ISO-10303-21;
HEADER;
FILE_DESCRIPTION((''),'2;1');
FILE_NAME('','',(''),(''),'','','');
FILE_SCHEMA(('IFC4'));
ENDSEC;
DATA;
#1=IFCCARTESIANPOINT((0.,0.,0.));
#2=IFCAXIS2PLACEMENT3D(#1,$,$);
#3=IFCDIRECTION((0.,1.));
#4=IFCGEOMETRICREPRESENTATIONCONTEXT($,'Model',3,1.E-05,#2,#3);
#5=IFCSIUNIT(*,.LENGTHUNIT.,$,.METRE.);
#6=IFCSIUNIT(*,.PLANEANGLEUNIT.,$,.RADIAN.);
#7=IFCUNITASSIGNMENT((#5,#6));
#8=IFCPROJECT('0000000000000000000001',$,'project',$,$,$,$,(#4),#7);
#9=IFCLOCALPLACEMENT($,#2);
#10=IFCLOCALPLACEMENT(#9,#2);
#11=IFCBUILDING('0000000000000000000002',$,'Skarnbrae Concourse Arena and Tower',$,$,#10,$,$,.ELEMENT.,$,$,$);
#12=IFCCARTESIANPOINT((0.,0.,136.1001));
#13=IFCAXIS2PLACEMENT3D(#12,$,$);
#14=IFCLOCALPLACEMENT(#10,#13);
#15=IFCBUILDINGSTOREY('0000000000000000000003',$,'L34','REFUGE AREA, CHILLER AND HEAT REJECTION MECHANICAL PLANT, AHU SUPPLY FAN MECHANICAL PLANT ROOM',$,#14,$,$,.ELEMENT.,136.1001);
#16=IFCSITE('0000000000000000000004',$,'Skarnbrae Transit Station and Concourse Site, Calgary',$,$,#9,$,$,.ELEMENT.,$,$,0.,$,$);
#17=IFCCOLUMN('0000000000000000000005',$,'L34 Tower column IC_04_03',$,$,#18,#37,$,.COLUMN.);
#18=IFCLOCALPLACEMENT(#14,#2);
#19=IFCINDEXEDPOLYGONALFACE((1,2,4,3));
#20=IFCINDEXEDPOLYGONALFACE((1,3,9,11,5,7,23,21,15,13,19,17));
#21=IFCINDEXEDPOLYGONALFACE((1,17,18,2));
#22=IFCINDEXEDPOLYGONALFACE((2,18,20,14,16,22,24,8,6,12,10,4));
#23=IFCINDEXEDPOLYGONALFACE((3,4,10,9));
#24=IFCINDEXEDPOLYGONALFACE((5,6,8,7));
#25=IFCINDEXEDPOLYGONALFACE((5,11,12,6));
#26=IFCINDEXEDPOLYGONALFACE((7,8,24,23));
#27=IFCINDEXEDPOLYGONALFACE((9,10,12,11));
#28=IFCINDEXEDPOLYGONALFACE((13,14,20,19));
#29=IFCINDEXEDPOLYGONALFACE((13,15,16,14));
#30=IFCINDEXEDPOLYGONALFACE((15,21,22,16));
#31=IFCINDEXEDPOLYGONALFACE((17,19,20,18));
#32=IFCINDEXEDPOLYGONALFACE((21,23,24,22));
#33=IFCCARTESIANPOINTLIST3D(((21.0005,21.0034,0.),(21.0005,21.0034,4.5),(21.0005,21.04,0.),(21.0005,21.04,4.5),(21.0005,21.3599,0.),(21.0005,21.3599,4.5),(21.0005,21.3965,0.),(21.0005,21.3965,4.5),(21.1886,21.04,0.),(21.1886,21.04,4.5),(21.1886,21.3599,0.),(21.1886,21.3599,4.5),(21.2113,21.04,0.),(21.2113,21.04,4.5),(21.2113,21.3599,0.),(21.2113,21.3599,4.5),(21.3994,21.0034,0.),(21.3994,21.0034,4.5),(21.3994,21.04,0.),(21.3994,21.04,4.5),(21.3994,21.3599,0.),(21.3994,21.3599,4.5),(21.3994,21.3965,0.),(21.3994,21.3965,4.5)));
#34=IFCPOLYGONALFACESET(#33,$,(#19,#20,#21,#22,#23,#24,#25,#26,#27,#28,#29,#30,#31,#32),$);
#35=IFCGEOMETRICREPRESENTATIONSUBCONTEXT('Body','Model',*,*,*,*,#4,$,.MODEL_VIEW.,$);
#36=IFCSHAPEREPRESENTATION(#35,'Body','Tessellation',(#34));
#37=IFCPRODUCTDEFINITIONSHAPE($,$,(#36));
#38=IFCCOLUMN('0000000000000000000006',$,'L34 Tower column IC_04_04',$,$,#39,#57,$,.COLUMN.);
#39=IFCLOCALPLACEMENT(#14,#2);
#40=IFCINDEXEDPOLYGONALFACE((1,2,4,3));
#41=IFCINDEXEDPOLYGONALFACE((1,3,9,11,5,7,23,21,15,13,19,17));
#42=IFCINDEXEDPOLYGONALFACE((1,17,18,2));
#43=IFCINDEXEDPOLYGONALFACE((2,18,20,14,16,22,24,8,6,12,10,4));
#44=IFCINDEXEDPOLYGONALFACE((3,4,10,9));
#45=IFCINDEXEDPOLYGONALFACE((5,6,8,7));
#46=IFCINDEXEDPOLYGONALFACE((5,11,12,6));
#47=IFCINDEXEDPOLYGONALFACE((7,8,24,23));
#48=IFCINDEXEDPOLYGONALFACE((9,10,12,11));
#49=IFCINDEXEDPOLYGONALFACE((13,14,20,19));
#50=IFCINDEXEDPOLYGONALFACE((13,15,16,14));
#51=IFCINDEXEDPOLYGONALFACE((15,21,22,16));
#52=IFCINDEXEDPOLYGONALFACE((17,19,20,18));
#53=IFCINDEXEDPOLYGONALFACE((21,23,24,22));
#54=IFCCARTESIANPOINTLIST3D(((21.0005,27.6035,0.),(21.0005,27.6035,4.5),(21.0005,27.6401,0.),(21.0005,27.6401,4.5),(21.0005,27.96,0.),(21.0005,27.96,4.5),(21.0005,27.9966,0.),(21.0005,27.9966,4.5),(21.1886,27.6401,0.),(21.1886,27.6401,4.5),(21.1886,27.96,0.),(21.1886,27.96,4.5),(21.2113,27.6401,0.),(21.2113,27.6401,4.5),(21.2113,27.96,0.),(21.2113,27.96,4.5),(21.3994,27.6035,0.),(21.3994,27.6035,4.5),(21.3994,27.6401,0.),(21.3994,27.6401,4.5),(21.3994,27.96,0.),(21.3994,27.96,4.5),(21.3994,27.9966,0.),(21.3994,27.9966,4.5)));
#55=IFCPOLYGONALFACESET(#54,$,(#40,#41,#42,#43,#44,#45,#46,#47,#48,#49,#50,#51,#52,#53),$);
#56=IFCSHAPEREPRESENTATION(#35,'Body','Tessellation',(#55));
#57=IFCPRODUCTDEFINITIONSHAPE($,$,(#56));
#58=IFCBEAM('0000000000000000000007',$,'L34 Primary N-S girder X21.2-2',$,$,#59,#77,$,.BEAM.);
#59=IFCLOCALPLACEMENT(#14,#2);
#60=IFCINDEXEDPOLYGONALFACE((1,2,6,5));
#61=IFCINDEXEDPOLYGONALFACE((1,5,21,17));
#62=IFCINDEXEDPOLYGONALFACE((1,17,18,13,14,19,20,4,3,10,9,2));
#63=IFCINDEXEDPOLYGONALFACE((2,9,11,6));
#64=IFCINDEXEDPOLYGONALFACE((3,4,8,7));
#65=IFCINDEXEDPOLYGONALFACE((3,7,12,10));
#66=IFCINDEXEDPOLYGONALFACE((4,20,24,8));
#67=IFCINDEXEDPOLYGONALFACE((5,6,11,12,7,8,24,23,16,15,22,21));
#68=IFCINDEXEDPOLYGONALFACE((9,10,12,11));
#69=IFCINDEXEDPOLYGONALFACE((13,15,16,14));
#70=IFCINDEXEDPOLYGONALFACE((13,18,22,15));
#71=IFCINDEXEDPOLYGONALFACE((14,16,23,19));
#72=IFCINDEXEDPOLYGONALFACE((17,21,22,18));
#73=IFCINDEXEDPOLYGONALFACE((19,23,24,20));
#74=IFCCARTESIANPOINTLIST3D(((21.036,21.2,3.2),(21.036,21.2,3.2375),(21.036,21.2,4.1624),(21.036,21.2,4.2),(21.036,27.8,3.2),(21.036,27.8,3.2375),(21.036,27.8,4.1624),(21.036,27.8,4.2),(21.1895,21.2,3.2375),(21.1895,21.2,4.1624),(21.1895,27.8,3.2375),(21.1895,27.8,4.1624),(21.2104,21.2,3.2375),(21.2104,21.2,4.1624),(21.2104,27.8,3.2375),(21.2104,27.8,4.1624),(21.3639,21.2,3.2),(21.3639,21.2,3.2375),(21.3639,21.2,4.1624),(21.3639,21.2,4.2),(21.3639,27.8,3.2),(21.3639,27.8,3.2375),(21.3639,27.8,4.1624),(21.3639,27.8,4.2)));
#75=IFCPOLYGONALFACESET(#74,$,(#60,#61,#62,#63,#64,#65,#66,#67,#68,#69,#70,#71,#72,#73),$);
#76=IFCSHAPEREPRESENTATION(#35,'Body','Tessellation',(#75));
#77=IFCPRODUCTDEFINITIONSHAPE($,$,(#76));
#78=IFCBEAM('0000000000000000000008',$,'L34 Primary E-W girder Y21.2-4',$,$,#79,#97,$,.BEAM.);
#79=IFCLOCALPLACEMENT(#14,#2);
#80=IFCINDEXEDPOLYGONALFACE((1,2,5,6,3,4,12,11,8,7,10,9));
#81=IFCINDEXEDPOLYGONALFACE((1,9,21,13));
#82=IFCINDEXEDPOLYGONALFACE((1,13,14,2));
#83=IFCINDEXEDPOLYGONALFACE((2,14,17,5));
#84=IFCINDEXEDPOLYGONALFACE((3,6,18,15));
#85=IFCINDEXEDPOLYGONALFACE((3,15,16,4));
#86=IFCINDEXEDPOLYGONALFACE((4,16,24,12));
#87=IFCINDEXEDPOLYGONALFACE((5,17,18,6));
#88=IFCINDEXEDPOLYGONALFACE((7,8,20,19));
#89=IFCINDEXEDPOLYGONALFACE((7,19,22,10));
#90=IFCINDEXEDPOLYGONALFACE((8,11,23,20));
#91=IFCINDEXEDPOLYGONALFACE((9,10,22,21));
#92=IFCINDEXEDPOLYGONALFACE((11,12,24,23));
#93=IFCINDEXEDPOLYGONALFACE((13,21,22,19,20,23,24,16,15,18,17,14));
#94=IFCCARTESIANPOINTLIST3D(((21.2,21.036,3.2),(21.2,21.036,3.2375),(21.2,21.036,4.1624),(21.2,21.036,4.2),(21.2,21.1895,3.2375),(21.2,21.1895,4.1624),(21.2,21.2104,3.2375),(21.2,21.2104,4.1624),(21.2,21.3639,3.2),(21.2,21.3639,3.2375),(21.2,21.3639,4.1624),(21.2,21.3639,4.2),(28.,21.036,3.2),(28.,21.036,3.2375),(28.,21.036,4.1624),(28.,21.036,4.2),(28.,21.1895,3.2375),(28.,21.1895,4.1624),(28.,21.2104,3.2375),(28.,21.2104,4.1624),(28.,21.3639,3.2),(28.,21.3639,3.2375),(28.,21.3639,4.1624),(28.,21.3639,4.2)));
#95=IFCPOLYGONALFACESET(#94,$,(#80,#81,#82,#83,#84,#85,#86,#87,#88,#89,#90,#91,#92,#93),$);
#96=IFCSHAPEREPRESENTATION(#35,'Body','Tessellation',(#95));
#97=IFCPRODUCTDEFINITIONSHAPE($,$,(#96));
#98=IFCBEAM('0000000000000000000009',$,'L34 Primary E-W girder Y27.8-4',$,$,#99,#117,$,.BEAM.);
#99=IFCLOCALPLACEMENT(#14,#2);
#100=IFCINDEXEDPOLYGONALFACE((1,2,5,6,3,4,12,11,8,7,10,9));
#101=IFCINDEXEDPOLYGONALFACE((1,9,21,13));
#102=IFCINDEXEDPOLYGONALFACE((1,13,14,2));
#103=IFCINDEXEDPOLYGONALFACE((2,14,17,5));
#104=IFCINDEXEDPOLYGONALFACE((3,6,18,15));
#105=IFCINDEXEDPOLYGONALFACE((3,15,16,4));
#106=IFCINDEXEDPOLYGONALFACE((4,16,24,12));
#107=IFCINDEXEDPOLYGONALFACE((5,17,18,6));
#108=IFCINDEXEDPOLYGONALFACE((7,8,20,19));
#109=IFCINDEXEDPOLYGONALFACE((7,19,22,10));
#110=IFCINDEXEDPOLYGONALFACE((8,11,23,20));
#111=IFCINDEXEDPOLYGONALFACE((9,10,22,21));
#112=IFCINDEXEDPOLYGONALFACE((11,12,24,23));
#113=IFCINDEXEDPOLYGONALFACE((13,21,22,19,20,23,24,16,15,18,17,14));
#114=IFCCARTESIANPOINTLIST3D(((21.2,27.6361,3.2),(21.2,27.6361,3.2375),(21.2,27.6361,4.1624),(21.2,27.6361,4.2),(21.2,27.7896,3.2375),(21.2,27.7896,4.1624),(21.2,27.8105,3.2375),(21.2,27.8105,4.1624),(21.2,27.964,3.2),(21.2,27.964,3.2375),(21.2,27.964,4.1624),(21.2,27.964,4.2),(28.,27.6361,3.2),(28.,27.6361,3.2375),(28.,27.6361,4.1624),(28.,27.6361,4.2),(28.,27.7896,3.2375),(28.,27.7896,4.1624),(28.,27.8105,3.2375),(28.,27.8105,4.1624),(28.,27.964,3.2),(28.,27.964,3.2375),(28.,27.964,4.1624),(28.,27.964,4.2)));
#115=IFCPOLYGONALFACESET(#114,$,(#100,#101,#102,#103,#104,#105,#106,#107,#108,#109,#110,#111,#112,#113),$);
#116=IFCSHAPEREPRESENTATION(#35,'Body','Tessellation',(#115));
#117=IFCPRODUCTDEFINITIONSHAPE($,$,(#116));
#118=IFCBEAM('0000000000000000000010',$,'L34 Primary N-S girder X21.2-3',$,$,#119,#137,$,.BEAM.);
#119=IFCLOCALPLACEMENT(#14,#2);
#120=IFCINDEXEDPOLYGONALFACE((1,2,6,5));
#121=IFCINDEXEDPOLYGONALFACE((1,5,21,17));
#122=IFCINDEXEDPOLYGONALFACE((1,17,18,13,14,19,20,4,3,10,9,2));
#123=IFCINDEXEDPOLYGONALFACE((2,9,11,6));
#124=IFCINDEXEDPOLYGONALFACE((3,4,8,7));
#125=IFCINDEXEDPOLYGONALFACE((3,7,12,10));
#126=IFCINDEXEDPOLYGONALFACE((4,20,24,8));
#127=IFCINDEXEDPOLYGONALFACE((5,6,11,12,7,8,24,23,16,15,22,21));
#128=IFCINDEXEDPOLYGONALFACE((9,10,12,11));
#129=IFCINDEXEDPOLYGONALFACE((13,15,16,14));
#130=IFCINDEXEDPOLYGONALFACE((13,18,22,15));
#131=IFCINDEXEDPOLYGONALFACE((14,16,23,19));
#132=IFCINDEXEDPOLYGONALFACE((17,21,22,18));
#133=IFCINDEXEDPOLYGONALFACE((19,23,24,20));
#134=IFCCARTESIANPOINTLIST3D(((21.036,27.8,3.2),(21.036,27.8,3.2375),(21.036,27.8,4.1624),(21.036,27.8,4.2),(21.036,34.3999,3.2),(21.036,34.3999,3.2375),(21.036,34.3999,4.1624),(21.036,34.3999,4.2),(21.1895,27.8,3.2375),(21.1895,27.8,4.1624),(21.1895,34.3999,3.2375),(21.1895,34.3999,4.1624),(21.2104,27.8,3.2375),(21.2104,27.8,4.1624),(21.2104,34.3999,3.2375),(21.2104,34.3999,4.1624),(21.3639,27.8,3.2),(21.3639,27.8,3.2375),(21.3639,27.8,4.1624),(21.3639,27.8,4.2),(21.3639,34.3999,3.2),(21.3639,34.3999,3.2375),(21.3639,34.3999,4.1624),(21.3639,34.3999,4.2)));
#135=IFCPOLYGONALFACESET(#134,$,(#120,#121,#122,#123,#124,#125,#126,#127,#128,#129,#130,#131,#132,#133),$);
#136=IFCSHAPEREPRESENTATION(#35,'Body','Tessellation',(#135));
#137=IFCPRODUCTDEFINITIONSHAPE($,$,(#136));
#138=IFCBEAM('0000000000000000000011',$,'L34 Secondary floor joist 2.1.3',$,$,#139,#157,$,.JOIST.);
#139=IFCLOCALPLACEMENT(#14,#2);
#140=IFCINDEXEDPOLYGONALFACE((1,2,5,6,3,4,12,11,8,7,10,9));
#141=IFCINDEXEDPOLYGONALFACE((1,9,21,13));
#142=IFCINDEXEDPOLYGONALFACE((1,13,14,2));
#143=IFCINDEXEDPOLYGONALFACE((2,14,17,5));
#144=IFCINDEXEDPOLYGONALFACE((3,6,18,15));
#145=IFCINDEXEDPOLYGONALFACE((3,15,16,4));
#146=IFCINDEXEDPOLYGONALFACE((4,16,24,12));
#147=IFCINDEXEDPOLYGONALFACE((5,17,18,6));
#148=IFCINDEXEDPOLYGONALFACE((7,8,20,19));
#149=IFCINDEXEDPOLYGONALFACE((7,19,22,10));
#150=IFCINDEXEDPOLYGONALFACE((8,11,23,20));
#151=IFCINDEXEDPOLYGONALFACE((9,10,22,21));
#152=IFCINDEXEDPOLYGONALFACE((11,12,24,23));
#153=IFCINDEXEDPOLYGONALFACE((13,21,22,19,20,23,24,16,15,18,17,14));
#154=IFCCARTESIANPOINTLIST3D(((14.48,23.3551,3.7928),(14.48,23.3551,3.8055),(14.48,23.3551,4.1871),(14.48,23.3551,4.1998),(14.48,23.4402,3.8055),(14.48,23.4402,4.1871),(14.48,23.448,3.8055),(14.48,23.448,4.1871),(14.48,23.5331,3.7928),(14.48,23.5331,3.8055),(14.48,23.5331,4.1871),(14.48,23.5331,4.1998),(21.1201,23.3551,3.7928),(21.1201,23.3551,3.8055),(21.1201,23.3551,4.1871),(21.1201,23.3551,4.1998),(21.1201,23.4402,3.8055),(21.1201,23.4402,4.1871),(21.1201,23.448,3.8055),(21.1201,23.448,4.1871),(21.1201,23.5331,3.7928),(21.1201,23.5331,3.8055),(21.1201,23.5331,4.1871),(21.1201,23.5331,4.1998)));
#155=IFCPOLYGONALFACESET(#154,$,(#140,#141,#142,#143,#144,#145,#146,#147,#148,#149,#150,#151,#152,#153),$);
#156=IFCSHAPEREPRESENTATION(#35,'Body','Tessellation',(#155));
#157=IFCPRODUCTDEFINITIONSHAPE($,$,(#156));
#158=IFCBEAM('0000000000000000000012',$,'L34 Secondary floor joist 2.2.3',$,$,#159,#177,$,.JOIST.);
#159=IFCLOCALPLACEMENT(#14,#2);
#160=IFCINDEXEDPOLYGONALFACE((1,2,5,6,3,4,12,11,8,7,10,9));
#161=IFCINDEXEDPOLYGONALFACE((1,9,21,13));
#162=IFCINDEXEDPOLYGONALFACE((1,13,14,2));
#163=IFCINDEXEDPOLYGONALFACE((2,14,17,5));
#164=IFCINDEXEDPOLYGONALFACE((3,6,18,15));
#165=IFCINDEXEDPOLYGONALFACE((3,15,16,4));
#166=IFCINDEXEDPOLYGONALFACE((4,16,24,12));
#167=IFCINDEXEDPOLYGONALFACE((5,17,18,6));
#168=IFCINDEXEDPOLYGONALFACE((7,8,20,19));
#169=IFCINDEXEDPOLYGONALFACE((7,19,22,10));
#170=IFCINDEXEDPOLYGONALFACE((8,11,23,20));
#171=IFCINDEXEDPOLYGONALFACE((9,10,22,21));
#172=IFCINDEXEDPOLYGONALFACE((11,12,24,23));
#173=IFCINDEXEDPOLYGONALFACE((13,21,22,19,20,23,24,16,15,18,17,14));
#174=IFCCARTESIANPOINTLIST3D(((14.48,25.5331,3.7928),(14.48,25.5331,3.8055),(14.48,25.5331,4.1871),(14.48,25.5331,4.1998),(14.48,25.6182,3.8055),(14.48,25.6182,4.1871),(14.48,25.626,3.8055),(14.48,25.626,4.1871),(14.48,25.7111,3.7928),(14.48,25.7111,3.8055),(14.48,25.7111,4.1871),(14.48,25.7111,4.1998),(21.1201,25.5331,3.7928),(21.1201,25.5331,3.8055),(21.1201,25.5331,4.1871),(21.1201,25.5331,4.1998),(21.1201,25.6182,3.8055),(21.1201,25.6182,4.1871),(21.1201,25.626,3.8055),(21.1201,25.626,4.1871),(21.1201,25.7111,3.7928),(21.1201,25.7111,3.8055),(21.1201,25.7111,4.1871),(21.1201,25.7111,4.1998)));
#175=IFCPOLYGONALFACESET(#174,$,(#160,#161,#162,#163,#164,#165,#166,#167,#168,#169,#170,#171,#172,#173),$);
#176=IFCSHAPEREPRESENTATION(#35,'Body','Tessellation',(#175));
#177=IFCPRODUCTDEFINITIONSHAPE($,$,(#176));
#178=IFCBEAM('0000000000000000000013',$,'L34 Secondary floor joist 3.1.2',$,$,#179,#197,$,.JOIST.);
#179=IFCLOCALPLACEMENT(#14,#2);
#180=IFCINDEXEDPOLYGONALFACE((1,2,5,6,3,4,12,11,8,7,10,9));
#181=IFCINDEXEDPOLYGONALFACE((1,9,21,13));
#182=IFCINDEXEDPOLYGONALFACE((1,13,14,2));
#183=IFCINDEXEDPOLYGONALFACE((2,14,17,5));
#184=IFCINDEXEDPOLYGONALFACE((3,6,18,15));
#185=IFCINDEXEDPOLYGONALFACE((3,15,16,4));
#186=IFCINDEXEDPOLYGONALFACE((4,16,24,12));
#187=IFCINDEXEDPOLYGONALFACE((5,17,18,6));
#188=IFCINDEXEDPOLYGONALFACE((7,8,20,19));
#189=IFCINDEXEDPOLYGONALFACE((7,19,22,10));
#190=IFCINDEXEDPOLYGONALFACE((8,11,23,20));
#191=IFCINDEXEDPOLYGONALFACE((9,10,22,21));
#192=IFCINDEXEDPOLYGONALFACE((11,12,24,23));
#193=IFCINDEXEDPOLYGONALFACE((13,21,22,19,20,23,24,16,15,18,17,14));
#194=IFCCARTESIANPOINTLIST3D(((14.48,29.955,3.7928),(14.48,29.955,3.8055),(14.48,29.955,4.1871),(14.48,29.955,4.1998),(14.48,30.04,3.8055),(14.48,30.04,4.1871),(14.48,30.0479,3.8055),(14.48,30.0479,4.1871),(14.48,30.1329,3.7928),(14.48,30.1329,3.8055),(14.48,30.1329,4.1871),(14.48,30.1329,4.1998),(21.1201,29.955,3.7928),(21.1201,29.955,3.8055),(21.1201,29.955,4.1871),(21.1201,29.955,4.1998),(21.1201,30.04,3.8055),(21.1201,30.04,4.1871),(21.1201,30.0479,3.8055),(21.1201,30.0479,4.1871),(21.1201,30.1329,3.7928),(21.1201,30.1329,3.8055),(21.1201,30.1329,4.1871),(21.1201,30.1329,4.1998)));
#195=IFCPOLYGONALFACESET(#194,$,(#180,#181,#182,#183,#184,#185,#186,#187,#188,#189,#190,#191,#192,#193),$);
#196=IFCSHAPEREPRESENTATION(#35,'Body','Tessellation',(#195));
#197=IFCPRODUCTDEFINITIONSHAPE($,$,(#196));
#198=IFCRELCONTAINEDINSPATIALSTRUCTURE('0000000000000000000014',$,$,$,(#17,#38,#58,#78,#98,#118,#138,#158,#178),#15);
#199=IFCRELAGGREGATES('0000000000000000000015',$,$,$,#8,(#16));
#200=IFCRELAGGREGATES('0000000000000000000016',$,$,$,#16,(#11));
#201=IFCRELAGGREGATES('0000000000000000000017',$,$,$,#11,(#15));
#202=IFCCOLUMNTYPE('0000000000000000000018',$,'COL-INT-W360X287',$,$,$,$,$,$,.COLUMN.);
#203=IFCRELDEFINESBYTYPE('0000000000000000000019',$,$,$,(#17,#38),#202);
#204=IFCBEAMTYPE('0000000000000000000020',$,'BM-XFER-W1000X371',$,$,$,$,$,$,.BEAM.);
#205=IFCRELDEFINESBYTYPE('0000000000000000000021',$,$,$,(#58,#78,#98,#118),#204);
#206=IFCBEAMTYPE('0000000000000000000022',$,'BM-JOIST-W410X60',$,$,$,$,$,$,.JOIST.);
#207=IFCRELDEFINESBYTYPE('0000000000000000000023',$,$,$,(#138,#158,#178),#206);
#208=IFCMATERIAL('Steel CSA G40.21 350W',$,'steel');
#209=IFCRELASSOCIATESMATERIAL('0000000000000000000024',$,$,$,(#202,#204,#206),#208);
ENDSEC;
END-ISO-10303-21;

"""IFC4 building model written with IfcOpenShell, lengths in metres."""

from ifc_helpers import new_model, si_unit, direction, frame, origin, origin_2d, place, context, subcontext, project, spatial, i_section, extrude, source, transform, mapped, material, material_profile, profile_set, type_object, element, save


model = new_model("IFC4")

# Units and contexts
model_context = context("Model", 3, precision=1e-05, world=origin(), true_north=direction((0.0, 1.0)))
body_context = subcontext(model_context, "Body", "Model", "MODEL_VIEW")
ifc_project = project(units=[si_unit("LENGTHUNIT", "METRE"), si_unit("PLANEANGLEUNIT", "RADIAN")], contexts=[model_context])

# Site, building, storey
site_placement = place(None, origin())
site = spatial("IfcSite", under=ifc_project, at=site_placement, Name="Skarnbrae Transit Station and Concourse Site, Calgary", CompositionType="ELEMENT", RefElevation=0.0)
building_placement = place(site_placement, origin())
building = spatial("IfcBuilding", under=site, at=building_placement, Name="Skarnbrae Concourse Arena and Tower", CompositionType="ELEMENT")
storey_placement = place(building_placement, frame((0.0, 0.0, 136.1001)))
storey = spatial("IfcBuildingStorey", under=building, at=storey_placement, Name="L34", Description="REFUGE AREA, CHILLER AND HEAT REJECTION MECHANICAL PLANT, AHU SUPPLY FAN MECHANICAL PLANT ROOM", CompositionType="ELEMENT", Elevation=136.1001)

# Columns
ifc_material = material(Name="Steel CSA G40.21 350W", Category="steel")
ifc_material_profile_1 = material_profile(ifc_material, i_section(OverallWidth=0.3989, OverallDepth=0.3931, WebThickness=0.0227, FlangeThickness=0.0366, at=origin_2d()), Name="W360X287")
ifc_profile_set_1 = profile_set([ifc_material_profile_1], Name="Steel CSA G40.21 350W")
column_type = type_object("IfcColumnType", Name="COL-INT-W360X287", PredefinedType="COLUMN", material=ifc_profile_set_1)
shared_shape_1 = source(origin(), body_context, "Body", "SweptSolid", [
    extrude(i_section(OverallWidth=0.3989, OverallDepth=0.3931, WebThickness=0.0227, FlangeThickness=0.0366, at=origin_2d()), origin(), (0.0, 0.0, 1.0), 4.5),
])
for number, where, z_axis, x_axis, name in (
    (1, (21.2, 21.2, 0.0), (0.0, 0.0, 1.0), (1.0, 0.0, 0.0), "L34 Tower column IC_04_03"),
    (2, (21.2, 27.8, 0.0), (0.0, 0.0, 1.0), (1.0, 0.0, 0.0), "L34 Tower column IC_04_04"),
):
    element("IfcColumn", number, at=place(storey_placement, frame(where, z_axis=z_axis, x_axis=x_axis)), inside=storey, type_object=column_type, Name=name, PredefinedType="COLUMN", context=body_context, shape_type="MappedRepresentation", body=[
        mapped(shared_shape_1, transform((0.0, 0.0, 0.0))),
    ])

# Beams
ifc_material_profile_2 = material_profile(ifc_material, i_section(OverallWidth=0.3279, OverallDepth=1.0, WebThickness=0.021, FlangeThickness=0.0376, at=origin_2d()), Name="W1000X371")
ifc_profile_set_2 = profile_set([ifc_material_profile_2], Name="Steel CSA G40.21 350W")
beam_type_1 = type_object("IfcBeamType", Name="BM-XFER-W1000X371", PredefinedType="BEAM", material=ifc_profile_set_2)
shared_shape_2 = source(origin(), body_context, "Body", "SweptSolid", [
    extrude(i_section(OverallWidth=0.3279, OverallDepth=1.0, WebThickness=0.021, FlangeThickness=0.0376, at=origin_2d()), origin(), (0.0, 0.0, 1.0), 6.6001),
])
beam_1_placement = place(storey_placement, frame((21.2, 21.2, 3.7), z_axis=(0.0, 1.0, 0.0), x_axis=(-1.0, 0.0, 0.0)))
element("IfcBeam", 3, at=beam_1_placement, inside=storey, type_object=beam_type_1, Name="L34 Primary N-S girder X21.2-2", PredefinedType="BEAM", context=body_context, shape_type="MappedRepresentation", body=[
    mapped(shared_shape_2, transform((0.0, 0.0, 0.0))),
])
shared_shape_3 = source(origin(), body_context, "Body", "SweptSolid", [
    extrude(i_section(OverallWidth=0.3279, OverallDepth=1.0, WebThickness=0.021, FlangeThickness=0.0376, at=origin_2d()), origin(), (0.0, 0.0, 1.0), 6.8),
])
for number, where, z_axis, x_axis, name in (
    (4, (21.2, 21.2, 3.7), (1.0, 0.0, 0.0), (0.0, 1.0, 0.0), "L34 Primary E-W girder Y21.2-4"),
    (5, (21.2, 27.8, 3.7), (1.0, 0.0, 0.0), (0.0, 1.0, 0.0), "L34 Primary E-W girder Y27.8-4"),
):
    element("IfcBeam", number, at=place(storey_placement, frame(where, z_axis=z_axis, x_axis=x_axis)), inside=storey, type_object=beam_type_1, Name=name, PredefinedType="BEAM", context=body_context, shape_type="MappedRepresentation", body=[
        mapped(shared_shape_3, transform((0.0, 0.0, 0.0))),
    ])
shared_shape_4 = source(origin(), body_context, "Body", "SweptSolid", [
    extrude(i_section(OverallWidth=0.3279, OverallDepth=1.0, WebThickness=0.021, FlangeThickness=0.0376, at=origin_2d()), origin(), (0.0, 0.0, 1.0), 6.5999),
])
beam_2_placement = place(storey_placement, frame((21.2, 27.8, 3.7), z_axis=(0.0, 1.0, 0.0), x_axis=(-1.0, 0.0, 0.0)))
element("IfcBeam", 6, at=beam_2_placement, inside=storey, type_object=beam_type_1, Name="L34 Primary N-S girder X21.2-3", PredefinedType="BEAM", context=body_context, shape_type="MappedRepresentation", body=[
    mapped(shared_shape_4, transform((0.0, 0.0, 0.0))),
])
ifc_material_profile_3 = material_profile(ifc_material, i_section(OverallWidth=0.178, OverallDepth=0.407, WebThickness=0.0078, FlangeThickness=0.0127, at=origin_2d()), Name="W410X60")
ifc_profile_set_3 = profile_set([ifc_material_profile_3], Name="Steel CSA G40.21 350W")
beam_type_2 = type_object("IfcBeamType", Name="BM-JOIST-W410X60", PredefinedType="JOIST", material=ifc_profile_set_3)
shared_shape_5 = source(origin(), body_context, "Body", "SweptSolid", [
    extrude(i_section(OverallWidth=0.178, OverallDepth=0.407, WebThickness=0.0078, FlangeThickness=0.0127, at=origin_2d()), origin(), (0.0, 0.0, 1.0), 6.6401),
])
for number, where, z_axis, x_axis, name in (
    (7, (14.48, 23.4441, 3.9963), (1.0, 0.0, 0.0), (0.0, 1.0, 0.0), "L34 Secondary floor joist 2.1.3"),
    (8, (14.48, 25.6221, 3.9963), (1.0, 0.0, 0.0), (0.0, 1.0, 0.0), "L34 Secondary floor joist 2.2.3"),
    (9, (14.48, 30.0439, 3.9963), (1.0, 0.0, 0.0), (0.0, 1.0, 0.0), "L34 Secondary floor joist 3.1.2"),
):
    element("IfcBeam", number, at=place(storey_placement, frame(where, z_axis=z_axis, x_axis=x_axis)), inside=storey, type_object=beam_type_2, Name=name, PredefinedType="JOIST", context=body_context, shape_type="MappedRepresentation", body=[
        mapped(shared_shape_5, transform((0.0, 0.0, 0.0))),
    ])

save(model, "model.ifc")
